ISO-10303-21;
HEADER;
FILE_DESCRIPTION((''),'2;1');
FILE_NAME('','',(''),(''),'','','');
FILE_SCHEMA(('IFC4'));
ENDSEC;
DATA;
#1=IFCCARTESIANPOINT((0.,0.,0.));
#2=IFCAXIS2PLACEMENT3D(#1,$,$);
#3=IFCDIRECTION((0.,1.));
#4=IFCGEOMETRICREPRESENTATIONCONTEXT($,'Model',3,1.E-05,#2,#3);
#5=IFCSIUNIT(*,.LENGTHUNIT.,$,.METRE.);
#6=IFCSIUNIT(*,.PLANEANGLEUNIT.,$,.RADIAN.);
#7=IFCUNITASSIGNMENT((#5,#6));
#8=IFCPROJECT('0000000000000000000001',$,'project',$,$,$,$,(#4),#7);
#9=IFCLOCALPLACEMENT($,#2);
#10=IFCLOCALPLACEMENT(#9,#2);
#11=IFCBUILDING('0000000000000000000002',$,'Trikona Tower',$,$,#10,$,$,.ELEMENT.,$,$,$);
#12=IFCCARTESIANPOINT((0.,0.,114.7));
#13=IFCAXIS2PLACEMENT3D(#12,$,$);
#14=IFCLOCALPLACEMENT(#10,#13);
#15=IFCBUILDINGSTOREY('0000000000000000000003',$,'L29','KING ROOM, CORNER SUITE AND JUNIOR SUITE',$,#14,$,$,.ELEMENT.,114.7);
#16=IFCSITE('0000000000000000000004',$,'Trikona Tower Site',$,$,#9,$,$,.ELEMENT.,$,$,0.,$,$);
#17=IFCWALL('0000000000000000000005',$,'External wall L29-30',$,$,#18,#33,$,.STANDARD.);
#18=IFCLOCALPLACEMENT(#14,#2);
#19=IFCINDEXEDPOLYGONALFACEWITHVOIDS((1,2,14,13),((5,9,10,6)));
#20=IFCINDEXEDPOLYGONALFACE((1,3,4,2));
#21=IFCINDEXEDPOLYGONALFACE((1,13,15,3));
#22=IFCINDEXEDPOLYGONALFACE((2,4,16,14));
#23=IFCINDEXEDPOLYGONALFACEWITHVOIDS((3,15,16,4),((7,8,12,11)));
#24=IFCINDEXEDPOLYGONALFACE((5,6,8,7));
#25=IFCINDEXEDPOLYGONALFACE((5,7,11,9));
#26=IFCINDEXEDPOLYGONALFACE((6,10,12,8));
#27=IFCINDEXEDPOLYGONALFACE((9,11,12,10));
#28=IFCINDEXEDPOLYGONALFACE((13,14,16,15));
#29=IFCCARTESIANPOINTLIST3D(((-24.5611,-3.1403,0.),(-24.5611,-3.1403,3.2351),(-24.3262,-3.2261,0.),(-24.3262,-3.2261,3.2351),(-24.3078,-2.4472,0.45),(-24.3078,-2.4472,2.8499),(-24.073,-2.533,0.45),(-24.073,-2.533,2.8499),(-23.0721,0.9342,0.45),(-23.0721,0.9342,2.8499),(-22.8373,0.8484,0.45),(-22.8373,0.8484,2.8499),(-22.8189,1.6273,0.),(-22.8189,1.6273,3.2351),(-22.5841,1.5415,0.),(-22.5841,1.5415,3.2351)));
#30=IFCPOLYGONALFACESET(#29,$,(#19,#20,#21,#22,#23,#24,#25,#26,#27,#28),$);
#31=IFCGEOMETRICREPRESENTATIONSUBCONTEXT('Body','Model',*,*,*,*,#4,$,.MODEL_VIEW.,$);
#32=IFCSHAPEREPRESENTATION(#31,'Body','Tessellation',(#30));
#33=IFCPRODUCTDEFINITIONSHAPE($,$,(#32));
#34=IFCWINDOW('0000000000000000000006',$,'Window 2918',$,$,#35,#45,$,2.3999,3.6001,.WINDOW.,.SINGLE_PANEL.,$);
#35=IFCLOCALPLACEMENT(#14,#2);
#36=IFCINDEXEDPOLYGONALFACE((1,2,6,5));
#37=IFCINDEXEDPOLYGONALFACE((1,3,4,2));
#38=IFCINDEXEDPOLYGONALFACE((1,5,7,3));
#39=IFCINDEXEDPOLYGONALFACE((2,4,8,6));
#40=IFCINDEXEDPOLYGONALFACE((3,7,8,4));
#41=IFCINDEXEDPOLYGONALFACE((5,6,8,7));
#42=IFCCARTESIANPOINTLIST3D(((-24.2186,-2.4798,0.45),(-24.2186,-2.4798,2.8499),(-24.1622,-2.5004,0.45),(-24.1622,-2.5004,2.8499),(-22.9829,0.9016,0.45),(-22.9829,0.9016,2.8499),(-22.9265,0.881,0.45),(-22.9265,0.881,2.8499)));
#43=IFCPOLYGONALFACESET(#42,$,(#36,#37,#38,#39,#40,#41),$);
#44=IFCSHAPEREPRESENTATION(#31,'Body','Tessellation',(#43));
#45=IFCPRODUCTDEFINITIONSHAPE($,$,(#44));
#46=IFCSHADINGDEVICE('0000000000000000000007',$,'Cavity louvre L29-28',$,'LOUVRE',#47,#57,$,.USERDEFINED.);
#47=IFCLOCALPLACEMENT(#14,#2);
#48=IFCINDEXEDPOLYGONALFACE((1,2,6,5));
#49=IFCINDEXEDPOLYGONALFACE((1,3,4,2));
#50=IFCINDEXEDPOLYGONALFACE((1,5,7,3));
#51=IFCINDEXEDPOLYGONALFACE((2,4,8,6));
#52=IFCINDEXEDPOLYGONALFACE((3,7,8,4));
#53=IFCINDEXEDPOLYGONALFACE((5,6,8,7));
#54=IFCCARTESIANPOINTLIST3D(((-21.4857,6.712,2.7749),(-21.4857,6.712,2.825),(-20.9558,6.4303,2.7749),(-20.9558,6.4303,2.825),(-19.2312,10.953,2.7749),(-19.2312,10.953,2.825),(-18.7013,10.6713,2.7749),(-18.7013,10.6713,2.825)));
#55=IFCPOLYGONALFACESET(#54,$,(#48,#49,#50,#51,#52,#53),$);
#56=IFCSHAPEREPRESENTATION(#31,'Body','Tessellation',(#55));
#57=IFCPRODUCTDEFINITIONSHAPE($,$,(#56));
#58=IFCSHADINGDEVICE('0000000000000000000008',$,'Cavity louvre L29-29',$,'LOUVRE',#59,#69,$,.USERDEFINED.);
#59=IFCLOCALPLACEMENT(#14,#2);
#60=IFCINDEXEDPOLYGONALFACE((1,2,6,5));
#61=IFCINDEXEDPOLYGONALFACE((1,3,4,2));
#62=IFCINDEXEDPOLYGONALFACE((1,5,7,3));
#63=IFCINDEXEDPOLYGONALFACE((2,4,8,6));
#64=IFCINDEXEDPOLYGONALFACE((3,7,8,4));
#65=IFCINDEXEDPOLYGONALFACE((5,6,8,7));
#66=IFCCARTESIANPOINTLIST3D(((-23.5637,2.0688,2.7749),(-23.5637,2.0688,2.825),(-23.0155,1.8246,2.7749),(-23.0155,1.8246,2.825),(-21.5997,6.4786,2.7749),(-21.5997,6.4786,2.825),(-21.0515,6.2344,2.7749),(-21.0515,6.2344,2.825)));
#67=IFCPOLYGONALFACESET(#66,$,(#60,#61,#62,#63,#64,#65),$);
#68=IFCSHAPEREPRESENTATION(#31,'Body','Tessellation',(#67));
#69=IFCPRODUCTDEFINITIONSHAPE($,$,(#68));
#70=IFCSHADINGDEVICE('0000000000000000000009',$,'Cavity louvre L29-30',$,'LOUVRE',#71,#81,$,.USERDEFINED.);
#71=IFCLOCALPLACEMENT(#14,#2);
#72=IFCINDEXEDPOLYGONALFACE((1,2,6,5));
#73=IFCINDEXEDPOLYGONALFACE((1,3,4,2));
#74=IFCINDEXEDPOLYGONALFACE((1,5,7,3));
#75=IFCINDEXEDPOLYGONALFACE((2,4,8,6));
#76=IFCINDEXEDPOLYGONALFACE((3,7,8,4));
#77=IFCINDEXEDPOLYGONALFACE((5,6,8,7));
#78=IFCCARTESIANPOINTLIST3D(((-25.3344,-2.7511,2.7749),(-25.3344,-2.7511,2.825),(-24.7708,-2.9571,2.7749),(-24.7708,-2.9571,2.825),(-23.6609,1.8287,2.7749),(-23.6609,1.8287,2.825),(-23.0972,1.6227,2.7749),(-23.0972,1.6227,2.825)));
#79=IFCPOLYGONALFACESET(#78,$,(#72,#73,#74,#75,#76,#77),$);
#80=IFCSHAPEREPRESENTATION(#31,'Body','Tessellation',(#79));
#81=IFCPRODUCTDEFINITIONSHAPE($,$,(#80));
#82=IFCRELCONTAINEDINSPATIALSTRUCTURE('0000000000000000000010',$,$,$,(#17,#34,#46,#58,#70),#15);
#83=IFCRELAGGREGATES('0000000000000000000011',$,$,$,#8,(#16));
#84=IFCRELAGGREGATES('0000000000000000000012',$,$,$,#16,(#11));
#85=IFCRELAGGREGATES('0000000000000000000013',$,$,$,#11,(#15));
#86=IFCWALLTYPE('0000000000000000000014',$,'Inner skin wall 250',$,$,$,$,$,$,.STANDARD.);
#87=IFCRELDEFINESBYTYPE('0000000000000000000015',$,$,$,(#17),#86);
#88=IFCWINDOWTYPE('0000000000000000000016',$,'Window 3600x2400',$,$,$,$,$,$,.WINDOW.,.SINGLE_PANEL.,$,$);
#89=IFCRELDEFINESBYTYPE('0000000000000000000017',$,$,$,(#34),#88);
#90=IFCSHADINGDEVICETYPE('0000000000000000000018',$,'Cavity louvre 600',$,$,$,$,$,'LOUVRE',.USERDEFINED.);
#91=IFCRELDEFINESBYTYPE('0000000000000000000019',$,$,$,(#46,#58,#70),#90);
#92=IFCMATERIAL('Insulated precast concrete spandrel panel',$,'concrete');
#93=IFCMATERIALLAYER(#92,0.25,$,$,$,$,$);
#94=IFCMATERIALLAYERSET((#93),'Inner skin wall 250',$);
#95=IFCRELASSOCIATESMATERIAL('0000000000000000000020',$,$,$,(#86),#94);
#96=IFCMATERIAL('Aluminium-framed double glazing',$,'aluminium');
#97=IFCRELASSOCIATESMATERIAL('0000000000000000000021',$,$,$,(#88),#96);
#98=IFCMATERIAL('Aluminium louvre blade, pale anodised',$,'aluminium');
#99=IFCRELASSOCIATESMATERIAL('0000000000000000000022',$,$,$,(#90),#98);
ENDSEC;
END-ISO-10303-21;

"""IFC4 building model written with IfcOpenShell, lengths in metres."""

from ifc_helpers import new_model, si_unit, direction, frame, frame_2d, origin, origin_2d, place, context, subcontext, project, spatial, rectangle, extrude, material, layer, layer_set, type_object, element, fill, save


model = new_model("IFC4")

# Units and contexts
model_context = context("Model", 3, precision=1e-05, world=origin(), true_north=direction((0.0, 1.0)))
body_context = subcontext(model_context, "Body", "Model", "MODEL_VIEW")
ifc_project = project(units=[si_unit("LENGTHUNIT", "METRE"), si_unit("PLANEANGLEUNIT", "RADIAN")], contexts=[model_context])

# Site, building, storey
site_placement = place(None, origin())
site = spatial("IfcSite", under=ifc_project, at=site_placement, Name="Trikona Tower Site", CompositionType="ELEMENT", RefElevation=0.0)
building_placement = place(site_placement, origin())
building = spatial("IfcBuilding", under=site, at=building_placement, Name="Trikona Tower", CompositionType="ELEMENT")
storey_placement = place(building_placement, frame((0.0, 0.0, 114.7)))
storey = spatial("IfcBuildingStorey", under=building, at=storey_placement, Name="L29", Description="KING ROOM, CORNER SUITE AND JUNIOR SUITE", CompositionType="ELEMENT", Elevation=114.7)

# Wall, opening, window
ifc_material_1 = material(Name="Insulated precast concrete spandrel panel", Category="concrete")
ifc_layer_1 = layer(ifc_material_1, 0.25)
ifc_layer_set_1 = layer_set([ifc_layer_1], Name="Inner skin wall 250")
wall_type = type_object("IfcWallType", Name="Inner skin wall 250", PredefinedType="STANDARD", material=ifc_layer_set_1)
ifc_material_2 = material(Name="Aluminium-framed double glazing", Category="aluminium")
window_type = type_object("IfcWindowType", Name="Window 3600x2400", PartitioningType="SINGLE_PANEL", PredefinedType="WINDOW", material=ifc_material_2)
wall_1_placement = place(storey_placement, frame((-22.7014, 1.5845, 0.0), z_axis=(0.0, 0.0, 1.0), x_axis=(-0.343226, -0.939253, 0.0)))
wall_1 = element("IfcWall", 1, at=wall_1_placement, inside=storey, type_object=wall_type, Name="External wall L29-30", PredefinedType="STANDARD", context=body_context, shape_type="SweptSolid", body=[
    extrude(rectangle(XDim=5.0759, YDim=0.25, at=frame_2d((2.5381, 0.0))), origin(), (0.0, 0.0, 1.0), 3.2351),
])
opening_1_placement = place(wall_1_placement, frame((0.738, 0.0, 0.45)))
opening_1 = element("IfcOpeningElement", 2, at=opening_1_placement, cuts=wall_1, PredefinedType="OPENING", context=body_context, shape_type="SweptSolid", body=[
    extrude(rectangle(XDim=3.6001, YDim=2.3999, at=frame_2d((1.8, 1.2))), frame((0.0, 0.135, 0.0), z_axis=(0.0, -1.0, 0.0), x_axis=(1.0, 0.0, 0.0)), (0.0, 0.0, 1.0), 0.27),
])
window_1_placement = place(opening_1_placement, origin())
window_1 = element("IfcWindow", 3, at=window_1_placement, inside=storey, type_object=window_type, Name="Window 2918", OverallHeight=2.3999, OverallWidth=3.6001, PartitioningType="SINGLE_PANEL", PredefinedType="WINDOW", context=body_context, shape_type="SweptSolid", body=[
    extrude(rectangle(XDim=3.6001, YDim=2.3999, at=frame_2d((1.8, 1.2))), frame((0.0, 0.03, 0.0), z_axis=(0.0, -1.0, 0.0), x_axis=(1.0, 0.0, 0.0)), (0.0, 0.0, 1.0), 0.0601),
])
fill(opening_1, window_1)

# Shading devices
ifc_material_3 = material(Name="Aluminium louvre blade, pale anodised", Category="aluminium")
shading_device_type = type_object("IfcShadingDeviceType", Name="Cavity louvre 600", ElementType="LOUVRE", PredefinedType="USERDEFINED", material=ifc_material_3)
shading_device_1_placement = place(storey_placement, frame((-20.0935, 8.6917, 2.7749), z_axis=(0.0, 0.0, 1.0), x_axis=(-0.469398, -0.882987, 0.0)))
element("IfcShadingDevice", 4, at=shading_device_1_placement, inside=storey, type_object=shading_device_type, Name="Cavity louvre L29-28", ObjectType="LOUVRE", PredefinedType="USERDEFINED", context=body_context, shape_type="SweptSolid", body=[
    extrude(rectangle(XDim=4.803, YDim=0.6001, at=origin_2d()), origin(), (0.0, 0.0, 1.0), 0.05),
])
shading_device_2_placement = place(storey_placement, frame((-22.3076, 4.1516, 2.7749), z_axis=(0.0, 0.0, 1.0), x_axis=(-0.406843, -0.913498, 0.0)))
element("IfcShadingDevice", 5, at=shading_device_2_placement, inside=storey, type_object=shading_device_type, Name="Cavity louvre L29-29", ObjectType="LOUVRE", PredefinedType="USERDEFINED", context=body_context, shape_type="SweptSolid", body=[
    extrude(rectangle(XDim=4.8274, YDim=0.6001, at=origin_2d()), origin(), (0.0, 0.0, 1.0), 0.05),
])
shading_device_3_placement = place(storey_placement, frame((-24.2158, -0.5642, 2.7749), z_axis=(0.0, 0.0, 1.0), x_axis=(-0.34322, -0.939255, 0.0)))
element("IfcShadingDevice", 6, at=shading_device_3_placement, inside=storey, type_object=shading_device_type, Name="Cavity louvre L29-30", ObjectType="LOUVRE", PredefinedType="USERDEFINED", context=body_context, shape_type="SweptSolid", body=[
    extrude(rectangle(XDim=4.876, YDim=0.6001, at=origin_2d()), origin(), (0.0, 0.0, 1.0), 0.05),
])

save(model, "model.ifc")
